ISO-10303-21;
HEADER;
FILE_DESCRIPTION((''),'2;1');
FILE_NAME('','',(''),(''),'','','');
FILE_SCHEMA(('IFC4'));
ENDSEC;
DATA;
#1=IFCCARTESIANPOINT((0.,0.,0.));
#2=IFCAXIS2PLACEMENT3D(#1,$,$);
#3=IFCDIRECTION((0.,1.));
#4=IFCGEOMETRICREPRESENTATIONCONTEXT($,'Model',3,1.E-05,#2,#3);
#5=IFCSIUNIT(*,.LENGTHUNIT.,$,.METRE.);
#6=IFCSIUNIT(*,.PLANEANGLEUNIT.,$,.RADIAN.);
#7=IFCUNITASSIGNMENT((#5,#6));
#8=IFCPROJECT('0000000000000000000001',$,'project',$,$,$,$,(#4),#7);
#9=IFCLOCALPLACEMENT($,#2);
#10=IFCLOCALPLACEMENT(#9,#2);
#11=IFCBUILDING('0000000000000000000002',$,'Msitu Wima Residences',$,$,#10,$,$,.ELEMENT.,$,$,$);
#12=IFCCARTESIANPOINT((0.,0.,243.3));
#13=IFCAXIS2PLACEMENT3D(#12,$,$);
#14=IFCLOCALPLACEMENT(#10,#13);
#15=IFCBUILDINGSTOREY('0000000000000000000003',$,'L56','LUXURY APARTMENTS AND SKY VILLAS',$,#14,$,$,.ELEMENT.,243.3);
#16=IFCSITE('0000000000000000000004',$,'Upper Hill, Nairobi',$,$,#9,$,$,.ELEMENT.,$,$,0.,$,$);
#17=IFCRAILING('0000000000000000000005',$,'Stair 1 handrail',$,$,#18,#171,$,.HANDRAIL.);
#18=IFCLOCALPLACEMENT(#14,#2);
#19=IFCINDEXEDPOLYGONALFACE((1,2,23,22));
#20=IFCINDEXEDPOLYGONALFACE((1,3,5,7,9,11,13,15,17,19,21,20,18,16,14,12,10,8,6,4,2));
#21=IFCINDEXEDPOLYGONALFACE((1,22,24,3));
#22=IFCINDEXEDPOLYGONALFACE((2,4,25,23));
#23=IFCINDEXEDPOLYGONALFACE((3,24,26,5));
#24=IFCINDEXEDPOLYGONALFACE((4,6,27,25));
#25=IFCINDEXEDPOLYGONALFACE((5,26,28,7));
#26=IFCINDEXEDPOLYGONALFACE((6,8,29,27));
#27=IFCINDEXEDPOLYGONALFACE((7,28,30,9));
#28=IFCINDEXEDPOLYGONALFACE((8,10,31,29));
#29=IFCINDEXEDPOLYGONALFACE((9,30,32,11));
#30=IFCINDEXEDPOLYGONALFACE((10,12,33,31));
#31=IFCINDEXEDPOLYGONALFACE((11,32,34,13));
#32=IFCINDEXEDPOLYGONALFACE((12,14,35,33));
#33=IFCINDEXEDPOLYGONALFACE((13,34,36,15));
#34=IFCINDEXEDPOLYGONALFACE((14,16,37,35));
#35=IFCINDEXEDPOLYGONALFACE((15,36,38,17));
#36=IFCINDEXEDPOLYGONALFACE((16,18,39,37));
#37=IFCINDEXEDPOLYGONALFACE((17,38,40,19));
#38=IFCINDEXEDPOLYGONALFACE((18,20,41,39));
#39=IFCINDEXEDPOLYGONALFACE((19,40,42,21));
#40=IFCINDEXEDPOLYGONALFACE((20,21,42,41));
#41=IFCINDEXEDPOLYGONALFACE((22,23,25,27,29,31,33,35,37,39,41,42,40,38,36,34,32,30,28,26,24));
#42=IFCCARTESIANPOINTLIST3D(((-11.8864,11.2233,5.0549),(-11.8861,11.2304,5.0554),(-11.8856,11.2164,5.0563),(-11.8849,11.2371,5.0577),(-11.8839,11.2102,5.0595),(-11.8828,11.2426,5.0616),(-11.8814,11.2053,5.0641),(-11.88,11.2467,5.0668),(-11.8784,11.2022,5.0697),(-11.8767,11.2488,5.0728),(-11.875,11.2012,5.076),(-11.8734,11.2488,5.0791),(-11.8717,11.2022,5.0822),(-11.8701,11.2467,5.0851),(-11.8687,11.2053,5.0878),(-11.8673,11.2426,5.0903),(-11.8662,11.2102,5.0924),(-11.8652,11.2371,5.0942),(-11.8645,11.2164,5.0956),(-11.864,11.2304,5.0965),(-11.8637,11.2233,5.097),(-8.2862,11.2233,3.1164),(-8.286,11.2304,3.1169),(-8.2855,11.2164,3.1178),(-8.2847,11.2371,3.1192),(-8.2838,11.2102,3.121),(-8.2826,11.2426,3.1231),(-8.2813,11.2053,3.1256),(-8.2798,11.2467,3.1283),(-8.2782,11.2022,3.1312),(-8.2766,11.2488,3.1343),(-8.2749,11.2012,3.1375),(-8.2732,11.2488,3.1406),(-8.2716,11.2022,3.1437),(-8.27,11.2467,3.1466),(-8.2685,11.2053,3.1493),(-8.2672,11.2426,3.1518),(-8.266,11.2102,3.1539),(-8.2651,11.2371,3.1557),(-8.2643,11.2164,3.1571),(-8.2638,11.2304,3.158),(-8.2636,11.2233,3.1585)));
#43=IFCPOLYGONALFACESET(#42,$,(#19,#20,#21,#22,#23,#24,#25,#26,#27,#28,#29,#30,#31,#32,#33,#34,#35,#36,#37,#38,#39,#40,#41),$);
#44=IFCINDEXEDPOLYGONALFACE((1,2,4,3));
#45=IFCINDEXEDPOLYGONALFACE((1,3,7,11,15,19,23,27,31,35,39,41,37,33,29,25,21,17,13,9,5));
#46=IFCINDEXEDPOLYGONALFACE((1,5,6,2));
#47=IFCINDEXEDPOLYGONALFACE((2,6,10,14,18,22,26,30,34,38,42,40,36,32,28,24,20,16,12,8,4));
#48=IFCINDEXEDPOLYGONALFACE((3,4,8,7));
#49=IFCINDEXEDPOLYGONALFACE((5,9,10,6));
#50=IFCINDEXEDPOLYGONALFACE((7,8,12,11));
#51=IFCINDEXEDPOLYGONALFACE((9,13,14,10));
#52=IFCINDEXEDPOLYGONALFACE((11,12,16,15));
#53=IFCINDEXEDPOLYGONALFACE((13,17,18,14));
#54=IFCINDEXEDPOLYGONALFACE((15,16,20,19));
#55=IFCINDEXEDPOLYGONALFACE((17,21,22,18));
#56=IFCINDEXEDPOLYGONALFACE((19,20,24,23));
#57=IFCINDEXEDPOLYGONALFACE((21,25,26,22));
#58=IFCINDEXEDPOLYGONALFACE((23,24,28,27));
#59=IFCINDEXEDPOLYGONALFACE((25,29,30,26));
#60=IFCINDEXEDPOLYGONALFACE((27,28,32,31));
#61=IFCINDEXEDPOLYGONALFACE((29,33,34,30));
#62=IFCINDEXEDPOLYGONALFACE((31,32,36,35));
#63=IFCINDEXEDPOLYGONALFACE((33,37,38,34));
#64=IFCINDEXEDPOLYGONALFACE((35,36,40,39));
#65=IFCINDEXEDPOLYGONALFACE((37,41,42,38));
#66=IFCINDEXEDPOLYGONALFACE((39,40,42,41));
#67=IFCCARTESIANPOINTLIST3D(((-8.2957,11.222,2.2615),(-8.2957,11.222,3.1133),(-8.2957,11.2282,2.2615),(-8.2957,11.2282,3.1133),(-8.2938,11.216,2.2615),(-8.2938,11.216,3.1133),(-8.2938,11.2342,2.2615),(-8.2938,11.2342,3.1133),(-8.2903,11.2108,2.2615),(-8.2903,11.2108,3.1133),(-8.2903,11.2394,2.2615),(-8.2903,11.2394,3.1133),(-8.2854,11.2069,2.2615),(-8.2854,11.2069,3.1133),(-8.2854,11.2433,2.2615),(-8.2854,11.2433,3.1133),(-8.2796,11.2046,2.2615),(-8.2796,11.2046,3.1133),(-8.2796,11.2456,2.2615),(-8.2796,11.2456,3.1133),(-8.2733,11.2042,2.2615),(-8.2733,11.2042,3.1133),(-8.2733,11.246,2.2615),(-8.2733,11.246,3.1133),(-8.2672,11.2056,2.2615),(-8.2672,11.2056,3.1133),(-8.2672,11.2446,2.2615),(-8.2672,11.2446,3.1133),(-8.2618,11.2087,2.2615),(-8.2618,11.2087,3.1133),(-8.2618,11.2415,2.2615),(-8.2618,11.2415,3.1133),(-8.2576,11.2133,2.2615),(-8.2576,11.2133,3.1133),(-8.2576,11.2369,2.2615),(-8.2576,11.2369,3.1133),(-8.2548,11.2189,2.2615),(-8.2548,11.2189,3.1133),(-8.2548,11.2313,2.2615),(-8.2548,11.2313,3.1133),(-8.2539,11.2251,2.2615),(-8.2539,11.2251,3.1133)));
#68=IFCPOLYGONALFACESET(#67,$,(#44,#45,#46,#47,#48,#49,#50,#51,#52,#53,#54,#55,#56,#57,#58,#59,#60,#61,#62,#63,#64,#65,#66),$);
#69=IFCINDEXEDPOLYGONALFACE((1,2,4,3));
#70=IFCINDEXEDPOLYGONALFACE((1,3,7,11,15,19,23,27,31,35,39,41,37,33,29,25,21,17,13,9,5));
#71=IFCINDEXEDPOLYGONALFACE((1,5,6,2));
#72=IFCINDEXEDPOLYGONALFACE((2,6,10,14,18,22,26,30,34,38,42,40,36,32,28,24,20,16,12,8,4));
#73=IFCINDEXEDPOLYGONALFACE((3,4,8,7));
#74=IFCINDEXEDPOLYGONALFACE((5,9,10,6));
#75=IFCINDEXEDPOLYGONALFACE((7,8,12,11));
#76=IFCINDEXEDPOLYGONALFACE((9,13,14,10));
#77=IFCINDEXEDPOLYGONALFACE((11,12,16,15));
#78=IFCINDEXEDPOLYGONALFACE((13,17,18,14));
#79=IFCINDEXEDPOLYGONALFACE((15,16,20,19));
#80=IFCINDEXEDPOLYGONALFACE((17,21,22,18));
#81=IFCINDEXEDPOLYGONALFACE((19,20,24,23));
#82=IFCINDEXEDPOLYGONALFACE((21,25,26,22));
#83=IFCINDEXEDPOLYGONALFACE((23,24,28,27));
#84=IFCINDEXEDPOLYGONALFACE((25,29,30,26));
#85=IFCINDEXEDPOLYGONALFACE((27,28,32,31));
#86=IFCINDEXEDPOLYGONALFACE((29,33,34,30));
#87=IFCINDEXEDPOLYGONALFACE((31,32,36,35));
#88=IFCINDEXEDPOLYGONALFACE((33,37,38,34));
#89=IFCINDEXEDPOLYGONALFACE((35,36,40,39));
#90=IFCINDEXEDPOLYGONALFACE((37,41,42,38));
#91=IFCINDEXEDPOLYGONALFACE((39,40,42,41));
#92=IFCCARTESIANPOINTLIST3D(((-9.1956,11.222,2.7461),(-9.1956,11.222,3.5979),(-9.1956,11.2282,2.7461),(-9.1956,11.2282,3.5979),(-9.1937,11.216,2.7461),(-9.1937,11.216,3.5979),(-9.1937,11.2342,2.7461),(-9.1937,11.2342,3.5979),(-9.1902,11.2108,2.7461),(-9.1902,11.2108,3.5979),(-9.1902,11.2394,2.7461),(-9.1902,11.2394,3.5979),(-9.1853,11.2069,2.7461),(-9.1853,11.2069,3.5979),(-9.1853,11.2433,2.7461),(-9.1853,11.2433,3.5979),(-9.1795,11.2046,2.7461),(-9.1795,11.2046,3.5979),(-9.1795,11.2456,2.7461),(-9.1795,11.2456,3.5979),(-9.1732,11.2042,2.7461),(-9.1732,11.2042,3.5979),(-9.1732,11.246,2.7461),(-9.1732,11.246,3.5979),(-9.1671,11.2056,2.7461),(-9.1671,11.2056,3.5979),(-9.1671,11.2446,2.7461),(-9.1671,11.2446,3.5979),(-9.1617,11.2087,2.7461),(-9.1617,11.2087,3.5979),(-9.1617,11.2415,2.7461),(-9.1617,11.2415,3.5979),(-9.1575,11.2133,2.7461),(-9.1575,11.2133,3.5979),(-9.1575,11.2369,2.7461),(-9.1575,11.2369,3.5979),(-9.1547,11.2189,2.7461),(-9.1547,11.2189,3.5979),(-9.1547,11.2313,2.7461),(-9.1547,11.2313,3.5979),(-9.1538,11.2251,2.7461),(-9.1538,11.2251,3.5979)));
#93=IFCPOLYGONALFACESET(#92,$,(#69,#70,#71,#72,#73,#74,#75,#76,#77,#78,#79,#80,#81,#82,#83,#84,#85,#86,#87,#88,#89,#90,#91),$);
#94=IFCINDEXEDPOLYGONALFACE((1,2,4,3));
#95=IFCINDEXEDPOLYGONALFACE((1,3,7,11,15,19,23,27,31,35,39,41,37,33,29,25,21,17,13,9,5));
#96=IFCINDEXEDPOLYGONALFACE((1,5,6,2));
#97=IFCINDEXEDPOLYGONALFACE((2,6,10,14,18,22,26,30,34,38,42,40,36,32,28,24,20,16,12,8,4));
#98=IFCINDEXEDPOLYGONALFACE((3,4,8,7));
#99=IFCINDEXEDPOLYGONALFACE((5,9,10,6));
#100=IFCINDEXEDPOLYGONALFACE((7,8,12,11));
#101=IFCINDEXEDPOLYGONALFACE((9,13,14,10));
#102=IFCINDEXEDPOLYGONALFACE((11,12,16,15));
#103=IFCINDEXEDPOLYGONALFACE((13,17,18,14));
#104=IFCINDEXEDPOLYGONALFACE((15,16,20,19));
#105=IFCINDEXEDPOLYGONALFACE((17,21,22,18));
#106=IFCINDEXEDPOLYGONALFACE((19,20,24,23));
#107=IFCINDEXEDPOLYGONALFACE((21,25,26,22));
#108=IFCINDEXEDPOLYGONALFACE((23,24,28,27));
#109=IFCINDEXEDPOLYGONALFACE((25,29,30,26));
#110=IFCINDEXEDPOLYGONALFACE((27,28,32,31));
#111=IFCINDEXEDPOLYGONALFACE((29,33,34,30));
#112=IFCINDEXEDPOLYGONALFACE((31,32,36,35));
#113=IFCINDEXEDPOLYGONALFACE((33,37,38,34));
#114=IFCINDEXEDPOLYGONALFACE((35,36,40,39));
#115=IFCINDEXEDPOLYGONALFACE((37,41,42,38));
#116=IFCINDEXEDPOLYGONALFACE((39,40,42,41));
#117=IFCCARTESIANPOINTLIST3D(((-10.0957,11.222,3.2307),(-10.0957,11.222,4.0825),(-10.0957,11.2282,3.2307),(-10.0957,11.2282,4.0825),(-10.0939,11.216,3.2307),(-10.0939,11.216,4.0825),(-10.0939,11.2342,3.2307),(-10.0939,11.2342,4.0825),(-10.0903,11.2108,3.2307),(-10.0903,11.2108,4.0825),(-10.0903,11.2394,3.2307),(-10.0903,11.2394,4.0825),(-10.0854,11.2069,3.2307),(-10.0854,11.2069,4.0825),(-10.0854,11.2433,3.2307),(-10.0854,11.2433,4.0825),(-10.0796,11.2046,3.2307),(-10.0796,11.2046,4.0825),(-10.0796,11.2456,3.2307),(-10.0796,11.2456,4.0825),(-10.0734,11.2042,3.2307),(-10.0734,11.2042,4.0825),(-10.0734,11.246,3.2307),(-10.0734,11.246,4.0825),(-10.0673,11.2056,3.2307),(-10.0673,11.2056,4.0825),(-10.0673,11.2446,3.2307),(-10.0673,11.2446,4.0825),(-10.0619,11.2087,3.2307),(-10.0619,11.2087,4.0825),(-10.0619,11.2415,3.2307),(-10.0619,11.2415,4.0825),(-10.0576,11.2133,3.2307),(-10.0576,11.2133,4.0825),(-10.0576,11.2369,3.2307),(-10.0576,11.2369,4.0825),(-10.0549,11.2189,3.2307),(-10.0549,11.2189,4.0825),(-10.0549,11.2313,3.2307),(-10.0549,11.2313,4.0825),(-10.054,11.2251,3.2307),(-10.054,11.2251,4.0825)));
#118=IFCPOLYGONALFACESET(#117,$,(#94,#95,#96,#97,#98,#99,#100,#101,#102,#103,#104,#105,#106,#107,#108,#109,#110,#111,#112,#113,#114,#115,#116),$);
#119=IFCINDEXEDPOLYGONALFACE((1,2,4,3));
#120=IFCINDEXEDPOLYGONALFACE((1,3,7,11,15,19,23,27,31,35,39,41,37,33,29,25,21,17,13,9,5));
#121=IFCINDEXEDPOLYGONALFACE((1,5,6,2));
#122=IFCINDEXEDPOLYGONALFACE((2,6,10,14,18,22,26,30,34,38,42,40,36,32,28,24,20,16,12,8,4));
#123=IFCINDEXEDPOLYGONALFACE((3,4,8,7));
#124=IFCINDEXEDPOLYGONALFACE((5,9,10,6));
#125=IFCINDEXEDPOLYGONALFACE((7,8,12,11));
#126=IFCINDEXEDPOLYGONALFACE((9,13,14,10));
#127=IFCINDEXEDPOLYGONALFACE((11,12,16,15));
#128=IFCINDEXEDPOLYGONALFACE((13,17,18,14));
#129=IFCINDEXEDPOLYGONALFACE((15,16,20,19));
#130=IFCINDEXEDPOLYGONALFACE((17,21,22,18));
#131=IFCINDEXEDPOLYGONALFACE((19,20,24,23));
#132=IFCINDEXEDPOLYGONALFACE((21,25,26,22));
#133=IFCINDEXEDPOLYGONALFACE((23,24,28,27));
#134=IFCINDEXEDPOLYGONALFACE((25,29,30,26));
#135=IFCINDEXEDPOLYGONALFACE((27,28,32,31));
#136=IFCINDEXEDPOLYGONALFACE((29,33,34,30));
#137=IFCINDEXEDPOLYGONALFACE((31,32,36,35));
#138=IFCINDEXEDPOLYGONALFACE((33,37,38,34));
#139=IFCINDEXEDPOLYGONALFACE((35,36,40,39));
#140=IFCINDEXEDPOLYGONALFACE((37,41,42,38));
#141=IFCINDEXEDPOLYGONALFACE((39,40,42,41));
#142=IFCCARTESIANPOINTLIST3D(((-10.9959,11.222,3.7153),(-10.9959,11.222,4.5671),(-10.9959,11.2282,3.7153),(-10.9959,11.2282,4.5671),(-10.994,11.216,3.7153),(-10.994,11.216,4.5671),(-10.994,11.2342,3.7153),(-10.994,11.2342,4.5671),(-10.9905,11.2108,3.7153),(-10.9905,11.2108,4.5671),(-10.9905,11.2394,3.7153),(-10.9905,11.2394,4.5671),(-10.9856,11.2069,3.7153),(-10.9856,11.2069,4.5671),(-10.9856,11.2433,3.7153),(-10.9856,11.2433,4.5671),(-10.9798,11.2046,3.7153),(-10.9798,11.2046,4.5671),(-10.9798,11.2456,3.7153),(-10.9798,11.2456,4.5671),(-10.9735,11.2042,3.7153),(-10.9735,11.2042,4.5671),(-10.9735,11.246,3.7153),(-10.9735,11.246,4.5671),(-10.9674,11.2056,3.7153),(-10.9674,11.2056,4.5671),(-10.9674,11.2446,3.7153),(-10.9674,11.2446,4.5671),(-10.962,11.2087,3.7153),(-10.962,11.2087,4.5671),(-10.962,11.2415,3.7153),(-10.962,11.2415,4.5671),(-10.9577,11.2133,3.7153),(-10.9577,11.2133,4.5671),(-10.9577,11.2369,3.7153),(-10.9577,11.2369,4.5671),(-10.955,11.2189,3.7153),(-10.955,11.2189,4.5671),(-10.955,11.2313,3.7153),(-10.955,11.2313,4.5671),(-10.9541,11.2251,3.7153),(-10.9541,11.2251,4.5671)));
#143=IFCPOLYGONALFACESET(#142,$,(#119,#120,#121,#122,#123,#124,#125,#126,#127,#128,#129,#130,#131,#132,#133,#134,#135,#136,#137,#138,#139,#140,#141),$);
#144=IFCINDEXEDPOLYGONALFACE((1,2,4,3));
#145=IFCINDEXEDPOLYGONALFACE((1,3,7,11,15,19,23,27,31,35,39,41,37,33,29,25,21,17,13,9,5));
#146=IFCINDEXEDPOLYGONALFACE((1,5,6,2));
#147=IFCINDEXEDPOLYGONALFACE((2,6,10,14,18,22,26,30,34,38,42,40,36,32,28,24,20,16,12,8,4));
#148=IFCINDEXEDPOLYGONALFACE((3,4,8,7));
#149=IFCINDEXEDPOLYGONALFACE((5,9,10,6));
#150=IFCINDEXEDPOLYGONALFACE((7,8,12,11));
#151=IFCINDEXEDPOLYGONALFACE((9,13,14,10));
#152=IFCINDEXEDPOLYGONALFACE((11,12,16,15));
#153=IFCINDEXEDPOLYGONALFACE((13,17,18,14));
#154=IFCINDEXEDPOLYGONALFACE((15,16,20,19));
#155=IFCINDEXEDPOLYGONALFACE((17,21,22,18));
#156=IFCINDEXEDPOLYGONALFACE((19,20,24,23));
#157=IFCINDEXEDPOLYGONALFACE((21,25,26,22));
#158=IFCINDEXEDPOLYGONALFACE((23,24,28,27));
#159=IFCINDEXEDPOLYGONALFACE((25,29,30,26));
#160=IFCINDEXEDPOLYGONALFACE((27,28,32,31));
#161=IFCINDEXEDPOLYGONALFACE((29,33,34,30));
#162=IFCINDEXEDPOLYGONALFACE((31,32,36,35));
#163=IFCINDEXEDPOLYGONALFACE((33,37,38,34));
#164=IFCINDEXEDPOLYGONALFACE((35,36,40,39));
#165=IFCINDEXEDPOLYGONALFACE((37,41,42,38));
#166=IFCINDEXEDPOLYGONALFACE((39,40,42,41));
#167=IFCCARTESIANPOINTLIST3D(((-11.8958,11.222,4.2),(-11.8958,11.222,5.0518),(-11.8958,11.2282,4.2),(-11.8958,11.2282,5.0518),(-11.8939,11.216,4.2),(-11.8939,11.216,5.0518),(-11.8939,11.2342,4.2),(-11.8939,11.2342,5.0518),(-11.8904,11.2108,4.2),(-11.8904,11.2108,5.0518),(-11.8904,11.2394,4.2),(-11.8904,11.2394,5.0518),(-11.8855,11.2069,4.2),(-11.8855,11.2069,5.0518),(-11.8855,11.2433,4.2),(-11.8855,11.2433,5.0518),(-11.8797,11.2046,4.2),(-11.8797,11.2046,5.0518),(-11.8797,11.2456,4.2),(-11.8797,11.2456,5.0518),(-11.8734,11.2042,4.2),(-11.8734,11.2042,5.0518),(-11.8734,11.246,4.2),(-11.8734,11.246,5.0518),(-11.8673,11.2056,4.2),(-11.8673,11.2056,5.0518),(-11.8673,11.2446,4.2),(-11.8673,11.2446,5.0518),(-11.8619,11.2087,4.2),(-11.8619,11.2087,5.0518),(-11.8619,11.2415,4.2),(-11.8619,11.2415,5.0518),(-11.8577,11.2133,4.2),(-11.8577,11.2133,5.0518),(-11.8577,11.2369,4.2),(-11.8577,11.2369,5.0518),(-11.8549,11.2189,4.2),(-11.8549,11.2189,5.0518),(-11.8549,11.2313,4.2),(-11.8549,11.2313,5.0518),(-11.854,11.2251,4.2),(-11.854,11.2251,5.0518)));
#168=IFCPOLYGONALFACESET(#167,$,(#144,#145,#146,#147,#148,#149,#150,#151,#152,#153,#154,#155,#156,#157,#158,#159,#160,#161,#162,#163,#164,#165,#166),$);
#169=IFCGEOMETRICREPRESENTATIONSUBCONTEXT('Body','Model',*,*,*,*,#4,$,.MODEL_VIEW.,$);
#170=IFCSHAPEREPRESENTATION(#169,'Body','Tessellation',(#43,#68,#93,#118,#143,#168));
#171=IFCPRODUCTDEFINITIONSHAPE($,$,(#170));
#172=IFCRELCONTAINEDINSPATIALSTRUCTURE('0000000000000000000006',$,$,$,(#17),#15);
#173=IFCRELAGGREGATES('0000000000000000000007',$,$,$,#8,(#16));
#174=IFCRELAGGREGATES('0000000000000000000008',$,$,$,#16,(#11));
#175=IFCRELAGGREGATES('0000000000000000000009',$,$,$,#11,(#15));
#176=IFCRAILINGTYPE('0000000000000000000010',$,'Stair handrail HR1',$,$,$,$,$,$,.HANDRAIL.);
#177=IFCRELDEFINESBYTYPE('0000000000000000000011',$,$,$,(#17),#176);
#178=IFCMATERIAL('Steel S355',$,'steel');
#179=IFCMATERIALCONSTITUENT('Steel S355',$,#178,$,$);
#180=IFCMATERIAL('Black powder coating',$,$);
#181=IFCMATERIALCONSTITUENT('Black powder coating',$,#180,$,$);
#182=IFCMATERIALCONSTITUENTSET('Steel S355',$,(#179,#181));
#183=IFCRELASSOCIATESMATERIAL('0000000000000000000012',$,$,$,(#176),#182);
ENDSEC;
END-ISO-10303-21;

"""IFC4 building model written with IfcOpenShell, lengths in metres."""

from ifc_helpers import new_model, si_unit, direction, frame, origin, origin_2d, place, context, subcontext, project, spatial, circle, extrude, material, constituent, constituent_set, type_object, element, save


model = new_model("IFC4")

# Units and contexts
model_context = context("Model", 3, precision=1e-05, world=origin(), true_north=direction((0.0, 1.0)))
body_context = subcontext(model_context, "Body", "Model", "MODEL_VIEW")
ifc_project = project(units=[si_unit("LENGTHUNIT", "METRE"), si_unit("PLANEANGLEUNIT", "RADIAN")], contexts=[model_context])

# Site, building, storey
site_placement = place(None, origin())
site = spatial("IfcSite", under=ifc_project, at=site_placement, Name="Upper Hill, Nairobi", CompositionType="ELEMENT", RefElevation=0.0)
building_placement = place(site_placement, origin())
building = spatial("IfcBuilding", under=site, at=building_placement, Name="Msitu Wima Residences", CompositionType="ELEMENT")
storey_placement = place(building_placement, frame((0.0, 0.0, 243.3)))
storey = spatial("IfcBuildingStorey", under=building, at=storey_placement, Name="L56", Description="LUXURY APARTMENTS AND SKY VILLAS", CompositionType="ELEMENT", Elevation=243.3)

# Railing
ifc_material_1 = material(Name="Steel S355", Category="steel")
ifc_constituent_1 = constituent(ifc_material_1, Name="Steel S355")
ifc_material_2 = material(Name="Black powder coating")
ifc_constituent_2 = constituent(ifc_material_2, Name="Black powder coating")
ifc_constituent_set_1 = constituent_set(constituents=[ifc_constituent_1, ifc_constituent_2], Name="Steel S355")
railing_type_1 = type_object("IfcRailingType", Name="Stair handrail HR1", PredefinedType="HANDRAIL", material=ifc_constituent_set_1)
railing_1_placement = place(storey_placement, frame((-8.2749, 11.2251, 2.2615)))
element("IfcRailing", 1, at=railing_1_placement, inside=storey, type_object=railing_type_1, Name="Stair 1 handrail", PredefinedType="HANDRAIL", context=body_context, shape_type="SweptSolid", body=[
    extrude(circle(Radius=0.0239, at=origin_2d()), frame((0.0, 0.0, 0.876), z_axis=(-0.880475, 0.0, 0.474093), x_axis=(0.0, -1.0, 0.0)), (0.0, 0.0, 1.0), 4.0889),
    extrude(circle(Radius=0.021, at=origin_2d()), origin(), (0.0, 0.0, 1.0), 0.8518),
    extrude(circle(Radius=0.021, at=origin_2d()), frame((-0.8999, 0.0, 0.4846)), (0.0, 0.0, 1.0), 0.8518),
    extrude(circle(Radius=0.021, at=origin_2d()), frame((-1.8, 0.0, 0.9692)), (0.0, 0.0, 1.0), 0.8518),
    extrude(circle(Radius=0.021, at=origin_2d()), frame((-2.7002, 0.0, 1.4539)), (0.0, 0.0, 1.0), 0.8518),
    extrude(circle(Radius=0.021, at=origin_2d()), frame((-3.6001, 0.0, 1.9385)), (0.0, 0.0, 1.0), 0.8518),
])

save(model, "model.ifc")
